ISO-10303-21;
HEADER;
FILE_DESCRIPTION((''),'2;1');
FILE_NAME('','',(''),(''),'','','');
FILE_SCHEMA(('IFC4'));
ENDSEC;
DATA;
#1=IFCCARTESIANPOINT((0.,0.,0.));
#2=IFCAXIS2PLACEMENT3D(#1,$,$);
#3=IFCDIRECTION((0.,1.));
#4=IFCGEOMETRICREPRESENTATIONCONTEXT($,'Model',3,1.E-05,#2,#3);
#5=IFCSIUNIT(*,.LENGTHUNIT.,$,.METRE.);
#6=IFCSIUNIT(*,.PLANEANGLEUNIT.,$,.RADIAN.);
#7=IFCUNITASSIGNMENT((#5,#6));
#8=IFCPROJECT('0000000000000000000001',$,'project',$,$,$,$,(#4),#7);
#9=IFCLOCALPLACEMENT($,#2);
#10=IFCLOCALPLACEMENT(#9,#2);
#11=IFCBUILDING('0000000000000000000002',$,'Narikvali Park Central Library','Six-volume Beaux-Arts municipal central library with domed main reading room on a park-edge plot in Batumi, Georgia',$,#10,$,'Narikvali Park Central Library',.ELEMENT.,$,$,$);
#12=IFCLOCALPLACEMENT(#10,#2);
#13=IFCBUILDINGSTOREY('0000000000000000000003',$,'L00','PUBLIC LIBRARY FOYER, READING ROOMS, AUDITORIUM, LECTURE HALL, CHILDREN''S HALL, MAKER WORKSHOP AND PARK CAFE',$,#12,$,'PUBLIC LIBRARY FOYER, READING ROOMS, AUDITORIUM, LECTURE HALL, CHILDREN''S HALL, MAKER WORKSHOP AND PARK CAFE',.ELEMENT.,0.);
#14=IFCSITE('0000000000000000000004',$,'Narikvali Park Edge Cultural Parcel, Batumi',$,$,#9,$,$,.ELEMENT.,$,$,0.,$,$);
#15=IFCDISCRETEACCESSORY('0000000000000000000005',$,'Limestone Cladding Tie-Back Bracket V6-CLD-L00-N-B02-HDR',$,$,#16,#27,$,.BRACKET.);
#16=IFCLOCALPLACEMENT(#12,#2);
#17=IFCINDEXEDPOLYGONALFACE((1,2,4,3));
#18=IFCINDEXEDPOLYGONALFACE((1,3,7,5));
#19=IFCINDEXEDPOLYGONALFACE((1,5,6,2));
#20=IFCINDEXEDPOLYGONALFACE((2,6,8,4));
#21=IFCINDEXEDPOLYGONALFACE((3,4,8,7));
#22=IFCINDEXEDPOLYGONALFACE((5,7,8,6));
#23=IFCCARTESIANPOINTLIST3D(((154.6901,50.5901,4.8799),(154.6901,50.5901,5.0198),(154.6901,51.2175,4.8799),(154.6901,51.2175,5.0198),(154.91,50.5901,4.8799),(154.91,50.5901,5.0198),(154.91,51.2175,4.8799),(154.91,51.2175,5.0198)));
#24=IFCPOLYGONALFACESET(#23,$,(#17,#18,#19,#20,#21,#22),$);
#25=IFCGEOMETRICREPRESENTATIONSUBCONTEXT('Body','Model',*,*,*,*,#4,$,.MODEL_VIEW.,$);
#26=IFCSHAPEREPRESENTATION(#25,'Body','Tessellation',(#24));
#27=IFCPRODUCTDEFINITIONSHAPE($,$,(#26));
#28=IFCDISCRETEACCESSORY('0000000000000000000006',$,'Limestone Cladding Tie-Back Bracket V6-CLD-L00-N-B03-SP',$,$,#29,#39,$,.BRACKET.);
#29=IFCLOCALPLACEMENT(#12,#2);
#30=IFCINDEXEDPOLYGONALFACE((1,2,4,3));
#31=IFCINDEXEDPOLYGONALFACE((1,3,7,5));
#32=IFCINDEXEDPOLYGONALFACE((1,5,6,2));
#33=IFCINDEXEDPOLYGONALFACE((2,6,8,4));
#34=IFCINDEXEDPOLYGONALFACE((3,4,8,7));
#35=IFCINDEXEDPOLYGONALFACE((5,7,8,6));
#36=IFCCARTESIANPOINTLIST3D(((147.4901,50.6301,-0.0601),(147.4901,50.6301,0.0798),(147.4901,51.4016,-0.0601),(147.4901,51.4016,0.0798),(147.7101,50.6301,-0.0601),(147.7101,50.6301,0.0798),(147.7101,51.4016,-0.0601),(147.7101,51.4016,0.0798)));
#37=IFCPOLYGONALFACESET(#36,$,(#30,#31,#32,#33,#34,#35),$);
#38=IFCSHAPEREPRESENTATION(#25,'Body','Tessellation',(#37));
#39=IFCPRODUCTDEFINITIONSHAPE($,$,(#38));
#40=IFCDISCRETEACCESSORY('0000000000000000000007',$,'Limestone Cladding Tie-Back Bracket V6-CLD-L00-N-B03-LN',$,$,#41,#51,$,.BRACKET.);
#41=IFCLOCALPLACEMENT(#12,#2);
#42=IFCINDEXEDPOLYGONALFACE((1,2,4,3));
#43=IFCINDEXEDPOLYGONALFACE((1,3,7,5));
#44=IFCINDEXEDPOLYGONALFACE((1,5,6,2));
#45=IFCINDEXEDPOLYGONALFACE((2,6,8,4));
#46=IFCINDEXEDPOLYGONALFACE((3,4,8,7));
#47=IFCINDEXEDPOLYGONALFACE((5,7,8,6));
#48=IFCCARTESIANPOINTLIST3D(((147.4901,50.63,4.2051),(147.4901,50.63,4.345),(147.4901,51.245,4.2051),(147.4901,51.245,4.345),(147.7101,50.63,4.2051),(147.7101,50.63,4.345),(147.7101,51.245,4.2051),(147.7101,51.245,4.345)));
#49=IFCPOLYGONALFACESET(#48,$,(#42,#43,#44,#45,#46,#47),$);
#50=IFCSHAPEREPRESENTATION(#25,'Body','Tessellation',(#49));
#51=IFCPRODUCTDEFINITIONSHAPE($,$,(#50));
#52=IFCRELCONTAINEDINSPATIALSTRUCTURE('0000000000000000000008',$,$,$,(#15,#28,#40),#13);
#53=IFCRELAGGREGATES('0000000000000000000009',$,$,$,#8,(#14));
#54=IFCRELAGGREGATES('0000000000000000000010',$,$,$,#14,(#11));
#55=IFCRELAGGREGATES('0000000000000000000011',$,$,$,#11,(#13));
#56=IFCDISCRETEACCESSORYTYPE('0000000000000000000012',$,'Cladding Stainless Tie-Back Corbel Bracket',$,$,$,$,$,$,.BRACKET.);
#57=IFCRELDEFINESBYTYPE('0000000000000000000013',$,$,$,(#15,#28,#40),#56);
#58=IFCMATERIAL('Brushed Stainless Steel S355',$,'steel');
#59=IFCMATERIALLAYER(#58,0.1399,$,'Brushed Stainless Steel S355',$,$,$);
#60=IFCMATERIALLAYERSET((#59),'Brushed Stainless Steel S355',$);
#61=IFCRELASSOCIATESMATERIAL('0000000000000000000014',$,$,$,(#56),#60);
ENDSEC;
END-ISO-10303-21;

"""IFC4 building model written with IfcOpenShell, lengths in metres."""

from ifc_helpers import new_model, si_unit, direction, frame, origin, origin_2d, place, context, subcontext, project, spatial, rectangle, extrude, material, layer, layer_set, type_object, element, save


model = new_model("IFC4")

# Units and contexts
model_context = context("Model", 3, precision=1e-05, world=origin(), true_north=direction((0.0, 1.0)))
body_context = subcontext(model_context, "Body", "Model", "MODEL_VIEW")
ifc_project = project(units=[si_unit("LENGTHUNIT", "METRE"), si_unit("PLANEANGLEUNIT", "RADIAN")], contexts=[model_context])

# Site, building, storey
site_placement = place(None, origin())
site = spatial("IfcSite", under=ifc_project, at=site_placement, Name="Narikvali Park Edge Cultural Parcel, Batumi", CompositionType="ELEMENT", RefElevation=0.0)
building_placement = place(site_placement, origin())
building = spatial("IfcBuilding", under=site, at=building_placement, Name="Narikvali Park Central Library", Description="Six-volume Beaux-Arts municipal central library with domed main reading room on a park-edge plot in Batumi, Georgia", LongName="Narikvali Park Central Library", CompositionType="ELEMENT")
storey_placement = place(building_placement, origin())
storey = spatial("IfcBuildingStorey", under=building, at=storey_placement, Name="L00", Description="PUBLIC LIBRARY FOYER, READING ROOMS, AUDITORIUM, LECTURE HALL, CHILDREN'S HALL, MAKER WORKSHOP AND PARK CAFE", LongName="PUBLIC LIBRARY FOYER, READING ROOMS, AUDITORIUM, LECTURE HALL, CHILDREN'S HALL, MAKER WORKSHOP AND PARK CAFE", CompositionType="ELEMENT", Elevation=0.0)

# Discrete accessories
ifc_material_1 = material(Name="Brushed Stainless Steel S355", Category="steel")
ifc_layer_1 = layer(ifc_material_1, 0.1399, Name="Brushed Stainless Steel S355")
ifc_layer_set_1 = layer_set([ifc_layer_1], Name="Brushed Stainless Steel S355")
discrete_accessory_type = type_object("IfcDiscreteAccessoryType", Name="Cladding Stainless Tie-Back Corbel Bracket", PredefinedType="BRACKET", material=ifc_layer_set_1)
discrete_accessory_1_placement = place(storey_placement, frame((154.8, 50.9038, 4.8799), z_axis=(0.0, 0.0, 1.0), x_axis=(1.0, 0.0, 0.0)))
element("IfcDiscreteAccessory", 1, at=discrete_accessory_1_placement, inside=storey, type_object=discrete_accessory_type, Name="Limestone Cladding Tie-Back Bracket V6-CLD-L00-N-B02-HDR", PredefinedType="BRACKET", context=body_context, shape_type="SweptSolid", body=[
    extrude(rectangle(XDim=0.22, YDim=0.6274, at=origin_2d()), origin(), (0.0, 0.0, 1.0), 0.1399),
])
discrete_accessory_2_placement = place(storey_placement, frame((147.6001, 51.0159, -0.0601), z_axis=(0.0, 0.0, 1.0), x_axis=(1.0, 0.0, 0.0)))
element("IfcDiscreteAccessory", 2, at=discrete_accessory_2_placement, inside=storey, type_object=discrete_accessory_type, Name="Limestone Cladding Tie-Back Bracket V6-CLD-L00-N-B03-SP", PredefinedType="BRACKET", context=body_context, shape_type="SweptSolid", body=[
    extrude(rectangle(XDim=0.22, YDim=0.7715, at=origin_2d()), origin(), (0.0, 0.0, 1.0), 0.1399),
])
discrete_accessory_3_placement = place(storey_placement, frame((147.6001, 50.9375, 4.2051), z_axis=(0.0, 0.0, 1.0), x_axis=(1.0, 0.0, 0.0)))
element("IfcDiscreteAccessory", 3, at=discrete_accessory_3_placement, inside=storey, type_object=discrete_accessory_type, Name="Limestone Cladding Tie-Back Bracket V6-CLD-L00-N-B03-LN", PredefinedType="BRACKET", context=body_context, shape_type="SweptSolid", body=[
    extrude(rectangle(XDim=0.22, YDim=0.615, at=origin_2d()), origin(), (0.0, 0.0, 1.0), 0.1399),
])

save(model, "model.ifc")
